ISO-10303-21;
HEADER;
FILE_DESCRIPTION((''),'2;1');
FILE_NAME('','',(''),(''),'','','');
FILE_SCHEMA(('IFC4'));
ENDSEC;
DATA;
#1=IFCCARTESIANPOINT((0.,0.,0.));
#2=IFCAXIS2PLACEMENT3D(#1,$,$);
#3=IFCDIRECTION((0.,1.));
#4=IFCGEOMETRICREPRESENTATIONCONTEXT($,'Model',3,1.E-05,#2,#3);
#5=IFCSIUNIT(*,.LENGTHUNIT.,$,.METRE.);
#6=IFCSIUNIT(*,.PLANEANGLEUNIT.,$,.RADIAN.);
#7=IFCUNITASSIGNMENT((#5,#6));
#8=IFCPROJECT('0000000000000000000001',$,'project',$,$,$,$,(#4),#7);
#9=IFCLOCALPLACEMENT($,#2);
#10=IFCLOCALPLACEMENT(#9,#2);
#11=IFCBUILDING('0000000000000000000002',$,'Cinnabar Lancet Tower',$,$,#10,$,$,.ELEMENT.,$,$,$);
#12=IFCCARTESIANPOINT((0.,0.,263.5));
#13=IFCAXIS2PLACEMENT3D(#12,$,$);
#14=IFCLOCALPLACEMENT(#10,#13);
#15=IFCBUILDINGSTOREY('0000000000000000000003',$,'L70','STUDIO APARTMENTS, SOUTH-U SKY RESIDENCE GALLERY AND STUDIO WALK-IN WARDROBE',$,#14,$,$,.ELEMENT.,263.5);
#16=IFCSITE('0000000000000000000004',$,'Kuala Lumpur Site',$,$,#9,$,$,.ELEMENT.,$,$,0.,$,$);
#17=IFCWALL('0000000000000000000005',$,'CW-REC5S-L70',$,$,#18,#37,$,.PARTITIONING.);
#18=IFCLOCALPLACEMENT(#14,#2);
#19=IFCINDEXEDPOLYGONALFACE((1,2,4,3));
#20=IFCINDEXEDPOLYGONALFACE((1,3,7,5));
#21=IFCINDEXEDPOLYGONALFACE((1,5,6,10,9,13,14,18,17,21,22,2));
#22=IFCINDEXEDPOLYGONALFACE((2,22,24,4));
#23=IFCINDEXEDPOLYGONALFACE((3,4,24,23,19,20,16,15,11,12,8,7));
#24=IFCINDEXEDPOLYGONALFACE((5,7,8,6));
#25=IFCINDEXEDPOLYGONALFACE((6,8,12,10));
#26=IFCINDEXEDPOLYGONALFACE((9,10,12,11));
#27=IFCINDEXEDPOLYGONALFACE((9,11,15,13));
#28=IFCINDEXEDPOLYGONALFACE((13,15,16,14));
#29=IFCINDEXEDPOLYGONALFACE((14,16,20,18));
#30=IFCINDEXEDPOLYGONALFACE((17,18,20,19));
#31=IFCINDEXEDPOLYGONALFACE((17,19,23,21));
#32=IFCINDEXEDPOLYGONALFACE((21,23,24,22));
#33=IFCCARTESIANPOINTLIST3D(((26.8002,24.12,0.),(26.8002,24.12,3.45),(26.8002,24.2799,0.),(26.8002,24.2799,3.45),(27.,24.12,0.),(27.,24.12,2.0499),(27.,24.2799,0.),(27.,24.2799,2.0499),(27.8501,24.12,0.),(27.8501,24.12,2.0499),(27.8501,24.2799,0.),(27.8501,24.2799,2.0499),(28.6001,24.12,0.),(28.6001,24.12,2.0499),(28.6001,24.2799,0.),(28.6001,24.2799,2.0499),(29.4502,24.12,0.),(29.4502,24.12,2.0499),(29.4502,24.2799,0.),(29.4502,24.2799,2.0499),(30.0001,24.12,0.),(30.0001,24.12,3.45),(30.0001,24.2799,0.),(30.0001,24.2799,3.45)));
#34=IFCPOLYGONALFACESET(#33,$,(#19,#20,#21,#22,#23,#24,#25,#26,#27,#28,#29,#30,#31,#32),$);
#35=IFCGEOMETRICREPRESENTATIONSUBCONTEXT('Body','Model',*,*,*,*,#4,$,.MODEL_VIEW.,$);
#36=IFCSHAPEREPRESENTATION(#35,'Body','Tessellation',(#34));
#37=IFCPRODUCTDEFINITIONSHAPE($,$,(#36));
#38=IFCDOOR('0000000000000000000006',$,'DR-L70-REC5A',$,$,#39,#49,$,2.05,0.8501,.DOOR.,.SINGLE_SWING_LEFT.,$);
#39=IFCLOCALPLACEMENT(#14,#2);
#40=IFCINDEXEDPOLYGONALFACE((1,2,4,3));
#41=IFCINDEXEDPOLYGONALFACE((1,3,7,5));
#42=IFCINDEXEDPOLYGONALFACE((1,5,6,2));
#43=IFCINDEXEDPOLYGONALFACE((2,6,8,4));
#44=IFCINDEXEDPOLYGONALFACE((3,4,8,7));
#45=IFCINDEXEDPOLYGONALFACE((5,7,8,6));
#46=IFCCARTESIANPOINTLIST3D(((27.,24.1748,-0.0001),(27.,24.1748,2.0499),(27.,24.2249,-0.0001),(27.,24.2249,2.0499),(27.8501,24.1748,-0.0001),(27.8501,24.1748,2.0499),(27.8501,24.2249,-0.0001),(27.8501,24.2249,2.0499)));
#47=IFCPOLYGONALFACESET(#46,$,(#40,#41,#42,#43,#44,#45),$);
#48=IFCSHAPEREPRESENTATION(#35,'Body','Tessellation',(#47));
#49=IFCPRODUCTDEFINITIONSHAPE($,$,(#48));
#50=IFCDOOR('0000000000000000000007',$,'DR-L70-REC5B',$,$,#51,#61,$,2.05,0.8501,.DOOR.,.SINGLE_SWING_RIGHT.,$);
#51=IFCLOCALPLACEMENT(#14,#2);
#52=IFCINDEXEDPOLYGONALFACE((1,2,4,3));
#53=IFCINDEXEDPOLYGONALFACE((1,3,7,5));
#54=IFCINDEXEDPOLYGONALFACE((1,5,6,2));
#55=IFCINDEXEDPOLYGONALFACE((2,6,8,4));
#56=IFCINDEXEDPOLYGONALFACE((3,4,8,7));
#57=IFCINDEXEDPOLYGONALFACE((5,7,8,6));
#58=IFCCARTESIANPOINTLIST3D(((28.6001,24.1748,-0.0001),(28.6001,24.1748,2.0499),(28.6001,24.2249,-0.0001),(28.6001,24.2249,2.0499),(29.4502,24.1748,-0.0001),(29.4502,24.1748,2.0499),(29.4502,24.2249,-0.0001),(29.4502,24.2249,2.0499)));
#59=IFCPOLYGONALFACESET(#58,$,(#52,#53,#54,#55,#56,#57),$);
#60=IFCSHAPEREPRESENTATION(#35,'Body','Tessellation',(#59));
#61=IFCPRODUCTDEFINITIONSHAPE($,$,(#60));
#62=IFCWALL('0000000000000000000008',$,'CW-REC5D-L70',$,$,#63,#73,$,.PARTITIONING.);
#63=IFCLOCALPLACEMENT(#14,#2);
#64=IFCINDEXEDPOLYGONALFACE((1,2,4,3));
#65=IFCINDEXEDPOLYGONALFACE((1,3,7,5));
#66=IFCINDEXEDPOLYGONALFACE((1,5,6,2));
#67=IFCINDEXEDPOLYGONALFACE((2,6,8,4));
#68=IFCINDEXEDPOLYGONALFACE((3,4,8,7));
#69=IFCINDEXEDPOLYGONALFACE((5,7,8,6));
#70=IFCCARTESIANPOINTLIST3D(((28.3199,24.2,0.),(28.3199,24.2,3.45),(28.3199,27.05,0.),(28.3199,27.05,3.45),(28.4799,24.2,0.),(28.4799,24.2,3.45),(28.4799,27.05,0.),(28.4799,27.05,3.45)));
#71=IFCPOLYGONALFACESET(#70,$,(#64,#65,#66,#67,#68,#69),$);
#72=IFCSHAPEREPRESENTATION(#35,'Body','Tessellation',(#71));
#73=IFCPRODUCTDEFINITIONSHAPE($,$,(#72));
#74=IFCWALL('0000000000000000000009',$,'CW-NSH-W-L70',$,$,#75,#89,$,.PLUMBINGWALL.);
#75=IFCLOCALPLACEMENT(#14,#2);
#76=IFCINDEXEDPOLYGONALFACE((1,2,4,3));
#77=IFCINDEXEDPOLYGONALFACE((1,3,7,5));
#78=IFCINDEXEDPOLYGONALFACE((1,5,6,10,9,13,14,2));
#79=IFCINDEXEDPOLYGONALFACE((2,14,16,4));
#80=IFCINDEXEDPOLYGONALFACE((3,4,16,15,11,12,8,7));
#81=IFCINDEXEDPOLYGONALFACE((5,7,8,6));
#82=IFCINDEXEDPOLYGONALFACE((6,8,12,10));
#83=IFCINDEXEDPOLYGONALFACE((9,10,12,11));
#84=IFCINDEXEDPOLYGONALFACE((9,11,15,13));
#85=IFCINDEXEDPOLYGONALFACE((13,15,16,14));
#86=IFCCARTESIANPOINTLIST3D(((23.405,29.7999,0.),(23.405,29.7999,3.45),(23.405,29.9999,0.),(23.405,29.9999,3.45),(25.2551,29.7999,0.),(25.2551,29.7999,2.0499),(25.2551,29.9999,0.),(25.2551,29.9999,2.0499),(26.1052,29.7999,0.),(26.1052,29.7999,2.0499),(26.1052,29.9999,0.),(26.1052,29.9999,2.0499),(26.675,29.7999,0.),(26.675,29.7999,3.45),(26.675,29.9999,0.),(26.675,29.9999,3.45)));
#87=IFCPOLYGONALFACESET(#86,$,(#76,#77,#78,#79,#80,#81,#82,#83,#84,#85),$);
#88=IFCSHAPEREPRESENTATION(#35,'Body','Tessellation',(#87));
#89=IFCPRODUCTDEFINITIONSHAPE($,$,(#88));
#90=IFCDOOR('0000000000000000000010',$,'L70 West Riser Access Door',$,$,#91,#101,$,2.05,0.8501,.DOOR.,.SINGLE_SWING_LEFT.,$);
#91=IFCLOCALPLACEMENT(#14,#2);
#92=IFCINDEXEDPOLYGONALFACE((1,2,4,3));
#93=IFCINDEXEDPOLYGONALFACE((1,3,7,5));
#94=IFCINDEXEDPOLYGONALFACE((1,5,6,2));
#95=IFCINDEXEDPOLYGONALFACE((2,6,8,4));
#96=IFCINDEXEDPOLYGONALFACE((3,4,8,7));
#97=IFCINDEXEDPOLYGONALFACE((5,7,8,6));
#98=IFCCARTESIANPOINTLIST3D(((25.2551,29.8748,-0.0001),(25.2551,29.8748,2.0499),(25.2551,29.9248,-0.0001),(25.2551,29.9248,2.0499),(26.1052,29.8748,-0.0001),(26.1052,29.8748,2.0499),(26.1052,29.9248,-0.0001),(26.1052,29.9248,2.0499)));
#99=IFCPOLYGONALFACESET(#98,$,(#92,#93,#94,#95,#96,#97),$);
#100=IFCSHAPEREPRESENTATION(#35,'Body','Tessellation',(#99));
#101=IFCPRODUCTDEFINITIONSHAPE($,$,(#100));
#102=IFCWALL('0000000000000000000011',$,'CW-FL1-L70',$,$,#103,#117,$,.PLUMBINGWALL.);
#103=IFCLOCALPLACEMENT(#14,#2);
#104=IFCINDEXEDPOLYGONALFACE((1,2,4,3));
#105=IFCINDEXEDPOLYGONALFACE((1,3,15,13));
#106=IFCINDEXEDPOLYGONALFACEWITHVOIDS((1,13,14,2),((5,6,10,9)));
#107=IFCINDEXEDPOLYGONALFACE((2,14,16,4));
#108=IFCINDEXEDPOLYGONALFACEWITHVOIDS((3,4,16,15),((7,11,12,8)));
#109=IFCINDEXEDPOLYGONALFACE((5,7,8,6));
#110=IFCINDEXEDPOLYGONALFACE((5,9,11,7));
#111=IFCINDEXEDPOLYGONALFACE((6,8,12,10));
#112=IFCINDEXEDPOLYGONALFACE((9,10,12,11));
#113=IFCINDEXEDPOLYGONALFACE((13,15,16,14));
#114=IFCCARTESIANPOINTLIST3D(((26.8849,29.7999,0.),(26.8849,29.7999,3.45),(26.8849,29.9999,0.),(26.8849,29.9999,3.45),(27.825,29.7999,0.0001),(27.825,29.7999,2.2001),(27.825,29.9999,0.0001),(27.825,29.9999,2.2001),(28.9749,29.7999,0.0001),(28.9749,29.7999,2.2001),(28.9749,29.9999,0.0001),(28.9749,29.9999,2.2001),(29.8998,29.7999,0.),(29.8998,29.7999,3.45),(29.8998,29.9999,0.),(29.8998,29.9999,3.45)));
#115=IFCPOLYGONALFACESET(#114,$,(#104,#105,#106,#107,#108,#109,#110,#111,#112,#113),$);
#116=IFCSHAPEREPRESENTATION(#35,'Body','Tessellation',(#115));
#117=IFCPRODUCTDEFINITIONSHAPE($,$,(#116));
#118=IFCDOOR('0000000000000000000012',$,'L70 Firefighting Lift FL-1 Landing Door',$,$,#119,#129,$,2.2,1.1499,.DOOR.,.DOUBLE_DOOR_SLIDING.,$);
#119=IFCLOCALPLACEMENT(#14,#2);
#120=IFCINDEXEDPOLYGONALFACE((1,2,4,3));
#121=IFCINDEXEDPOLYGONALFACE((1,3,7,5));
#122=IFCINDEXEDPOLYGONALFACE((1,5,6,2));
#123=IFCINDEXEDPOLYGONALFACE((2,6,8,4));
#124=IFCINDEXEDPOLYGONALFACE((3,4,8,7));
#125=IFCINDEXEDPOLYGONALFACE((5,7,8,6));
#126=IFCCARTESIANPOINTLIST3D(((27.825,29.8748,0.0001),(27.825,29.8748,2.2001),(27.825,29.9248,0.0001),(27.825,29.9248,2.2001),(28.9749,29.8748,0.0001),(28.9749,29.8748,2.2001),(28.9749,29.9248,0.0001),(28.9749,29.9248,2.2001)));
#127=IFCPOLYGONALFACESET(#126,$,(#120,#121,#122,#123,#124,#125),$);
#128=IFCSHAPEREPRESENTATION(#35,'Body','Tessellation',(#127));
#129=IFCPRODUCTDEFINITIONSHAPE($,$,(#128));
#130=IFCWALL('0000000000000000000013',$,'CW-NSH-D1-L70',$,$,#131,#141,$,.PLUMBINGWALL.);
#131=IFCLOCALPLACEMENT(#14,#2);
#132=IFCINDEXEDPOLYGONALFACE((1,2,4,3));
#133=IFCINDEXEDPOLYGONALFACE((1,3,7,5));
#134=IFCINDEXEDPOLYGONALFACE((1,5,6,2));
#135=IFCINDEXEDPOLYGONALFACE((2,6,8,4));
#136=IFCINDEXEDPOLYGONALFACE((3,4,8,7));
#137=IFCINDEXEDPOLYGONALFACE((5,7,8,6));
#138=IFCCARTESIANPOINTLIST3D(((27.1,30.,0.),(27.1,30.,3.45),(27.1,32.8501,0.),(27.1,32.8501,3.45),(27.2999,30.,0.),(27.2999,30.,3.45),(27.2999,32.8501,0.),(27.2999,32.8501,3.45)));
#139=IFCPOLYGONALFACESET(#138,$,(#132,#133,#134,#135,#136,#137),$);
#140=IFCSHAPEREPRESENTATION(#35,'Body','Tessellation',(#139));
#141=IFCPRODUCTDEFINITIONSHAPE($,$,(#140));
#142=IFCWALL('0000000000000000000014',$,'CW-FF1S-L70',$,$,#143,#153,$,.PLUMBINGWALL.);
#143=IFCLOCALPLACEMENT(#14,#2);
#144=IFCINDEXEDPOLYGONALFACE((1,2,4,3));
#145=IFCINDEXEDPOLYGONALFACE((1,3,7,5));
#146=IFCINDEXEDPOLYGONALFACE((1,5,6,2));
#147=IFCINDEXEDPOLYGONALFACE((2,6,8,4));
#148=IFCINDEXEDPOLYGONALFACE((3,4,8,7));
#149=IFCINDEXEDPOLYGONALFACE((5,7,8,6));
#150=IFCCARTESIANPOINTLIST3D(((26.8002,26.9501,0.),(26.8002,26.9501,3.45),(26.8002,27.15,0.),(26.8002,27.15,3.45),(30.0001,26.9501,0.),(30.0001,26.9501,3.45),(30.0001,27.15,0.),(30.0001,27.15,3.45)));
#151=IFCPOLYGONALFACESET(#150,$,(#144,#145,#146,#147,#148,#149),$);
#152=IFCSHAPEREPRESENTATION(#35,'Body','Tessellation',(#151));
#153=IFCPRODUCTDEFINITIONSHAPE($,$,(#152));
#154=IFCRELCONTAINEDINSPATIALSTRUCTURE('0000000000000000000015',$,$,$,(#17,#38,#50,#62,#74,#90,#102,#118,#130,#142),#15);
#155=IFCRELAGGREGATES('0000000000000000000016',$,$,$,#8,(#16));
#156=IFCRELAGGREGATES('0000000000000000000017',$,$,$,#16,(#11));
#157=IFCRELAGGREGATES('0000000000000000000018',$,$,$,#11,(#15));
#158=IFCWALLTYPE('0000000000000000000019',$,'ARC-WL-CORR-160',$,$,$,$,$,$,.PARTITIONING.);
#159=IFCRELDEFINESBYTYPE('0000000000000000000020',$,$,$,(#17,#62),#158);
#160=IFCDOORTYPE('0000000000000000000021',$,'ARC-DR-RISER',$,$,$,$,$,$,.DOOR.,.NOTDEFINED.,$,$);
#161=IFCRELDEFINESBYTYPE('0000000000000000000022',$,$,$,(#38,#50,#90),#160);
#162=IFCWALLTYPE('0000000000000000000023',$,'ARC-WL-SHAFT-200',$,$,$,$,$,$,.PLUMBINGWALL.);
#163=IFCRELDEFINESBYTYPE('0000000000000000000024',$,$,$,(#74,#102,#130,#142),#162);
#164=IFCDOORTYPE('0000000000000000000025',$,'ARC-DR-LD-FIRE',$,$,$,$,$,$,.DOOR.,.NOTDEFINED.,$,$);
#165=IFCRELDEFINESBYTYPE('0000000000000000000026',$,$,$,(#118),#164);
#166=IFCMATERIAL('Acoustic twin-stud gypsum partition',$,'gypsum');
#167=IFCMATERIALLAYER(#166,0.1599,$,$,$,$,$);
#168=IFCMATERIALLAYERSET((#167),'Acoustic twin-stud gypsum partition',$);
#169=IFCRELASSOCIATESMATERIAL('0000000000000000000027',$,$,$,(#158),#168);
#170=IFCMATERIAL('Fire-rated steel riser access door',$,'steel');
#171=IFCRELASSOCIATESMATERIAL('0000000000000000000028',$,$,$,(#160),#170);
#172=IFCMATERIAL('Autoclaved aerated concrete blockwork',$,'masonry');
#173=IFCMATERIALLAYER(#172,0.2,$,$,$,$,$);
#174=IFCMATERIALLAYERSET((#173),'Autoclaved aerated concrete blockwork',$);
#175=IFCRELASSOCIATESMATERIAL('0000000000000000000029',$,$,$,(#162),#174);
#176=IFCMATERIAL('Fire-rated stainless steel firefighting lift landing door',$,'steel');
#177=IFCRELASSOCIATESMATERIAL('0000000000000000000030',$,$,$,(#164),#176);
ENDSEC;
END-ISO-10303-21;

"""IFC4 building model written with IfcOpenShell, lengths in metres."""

from ifc_helpers import new_model, si_unit, direction, frame, frame_2d, origin, place, context, subcontext, project, spatial, rectangle, extrude, material, layer, layer_set, type_object, element, fill, save


model = new_model("IFC4")

# Units and contexts
model_context = context("Model", 3, precision=1e-05, world=origin(), true_north=direction((0.0, 1.0)))
body_context = subcontext(model_context, "Body", "Model", "MODEL_VIEW")
ifc_project = project(units=[si_unit("LENGTHUNIT", "METRE"), si_unit("PLANEANGLEUNIT", "RADIAN")], contexts=[model_context])

# Site, building, storey
site_placement = place(None, origin())
site = spatial("IfcSite", under=ifc_project, at=site_placement, Name="Kuala Lumpur Site", CompositionType="ELEMENT", RefElevation=0.0)
building_placement = place(site_placement, origin())
building = spatial("IfcBuilding", under=site, at=building_placement, Name="Cinnabar Lancet Tower", CompositionType="ELEMENT")
storey_placement = place(building_placement, frame((0.0, 0.0, 263.5)))
storey = spatial("IfcBuildingStorey", under=building, at=storey_placement, Name="L70", Description="STUDIO APARTMENTS, SOUTH-U SKY RESIDENCE GALLERY AND STUDIO WALK-IN WARDROBE", CompositionType="ELEMENT", Elevation=263.5)

# Wall, openings, doors
ifc_material_1 = material(Name="Acoustic twin-stud gypsum partition", Category="gypsum")
ifc_layer_1 = layer(ifc_material_1, 0.1599)
ifc_layer_set_1 = layer_set([ifc_layer_1], Name="Acoustic twin-stud gypsum partition")
wall_type_1 = type_object("IfcWallType", Name="ARC-WL-CORR-160", PredefinedType="PARTITIONING", material=ifc_layer_set_1)
wall_1_placement = place(storey_placement, frame((26.8, 24.2, 0.0), z_axis=(0.0, 0.0, 1.0), x_axis=(1.0, 0.0, 0.0)))
wall_1 = element("IfcWall", 1, at=wall_1_placement, inside=storey, type_object=wall_type_1, Name="CW-REC5S-L70", PredefinedType="PARTITIONING", context=body_context, shape_type="SweptSolid", body=[
    extrude(rectangle(XDim=3.2, YDim=0.1599, at=frame_2d((1.6001, 0.0))), origin(), (0.0, 0.0, 1.0), 3.45),
])
opening_1_placement = place(wall_1_placement, frame((0.2, 0.0, 0.0)))
opening_1 = element("IfcOpeningElement", 2, at=opening_1_placement, cuts=wall_1, PredefinedType="OPENING", context=body_context, shape_type="SweptSolid", body=[
    extrude(rectangle(XDim=0.8501, YDim=2.05, at=frame_2d((0.425, 1.0249))), frame((0.0, 0.0898, 0.0), z_axis=(0.0, -1.0, 0.0), x_axis=(1.0, 0.0, 0.0)), (0.0, 0.0, 1.0), 0.1799),
])
opening_2_placement = place(wall_1_placement, frame((1.8, 0.0, 0.0)))
opening_2 = element("IfcOpeningElement", 3, at=opening_2_placement, cuts=wall_1, PredefinedType="OPENING", context=body_context, shape_type="SweptSolid", body=[
    extrude(rectangle(XDim=0.8501, YDim=2.05, at=frame_2d((0.425, 1.0249))), frame((0.0, 0.0898, 0.0), z_axis=(0.0, -1.0, 0.0), x_axis=(1.0, 0.0, 0.0)), (0.0, 0.0, 1.0), 0.1799),
])
ifc_material_2 = material(Name="Fire-rated steel riser access door", Category="steel")
door_type_1 = type_object("IfcDoorType", Name="ARC-DR-RISER", OperationType="NOTDEFINED", PredefinedType="DOOR", material=ifc_material_2)
door_1_placement = place(opening_1_placement, origin())
door_1 = element("IfcDoor", 4, at=door_1_placement, inside=storey, type_object=door_type_1, Name="DR-L70-REC5A", OperationType="SINGLE_SWING_LEFT", OverallHeight=2.05, OverallWidth=0.8501, PredefinedType="DOOR", context=body_context, shape_type="SweptSolid", body=[
    extrude(rectangle(XDim=0.8501, YDim=2.05, at=frame_2d((0.425, 1.0249))), frame((0.0, 0.0249, 0.0), z_axis=(0.0, -1.0, 0.0), x_axis=(1.0, 0.0, 0.0)), (0.0, 0.0, 1.0), 0.05),
])
fill(opening_1, door_1)
door_2_placement = place(opening_2_placement, origin())
door_2 = element("IfcDoor", 5, at=door_2_placement, inside=storey, type_object=door_type_1, Name="DR-L70-REC5B", OperationType="SINGLE_SWING_RIGHT", OverallHeight=2.05, OverallWidth=0.8501, PredefinedType="DOOR", context=body_context, shape_type="SweptSolid", body=[
    extrude(rectangle(XDim=0.8501, YDim=2.05, at=frame_2d((0.425, 1.0249))), frame((0.0, 0.0249, 0.0), z_axis=(0.0, -1.0, 0.0), x_axis=(1.0, 0.0, 0.0)), (0.0, 0.0, 1.0), 0.05),
])
fill(opening_2, door_2)

# Wall
wall_2_placement = place(storey_placement, frame((28.3999, 24.2, 0.0), z_axis=(0.0, 0.0, 1.0), x_axis=(0.0, 1.0, 0.0)))
element("IfcWall", 6, at=wall_2_placement, inside=storey, type_object=wall_type_1, Name="CW-REC5D-L70", PredefinedType="PARTITIONING", context=body_context, shape_type="SweptSolid", body=[
    extrude(rectangle(XDim=2.8501, YDim=0.1599, at=frame_2d((1.425, 0.0))), origin(), (0.0, 0.0, 1.0), 3.45),
])

# Walls, openings, doors
ifc_material_3 = material(Name="Autoclaved aerated concrete blockwork", Category="masonry")
ifc_layer_2 = layer(ifc_material_3, 0.2)
ifc_layer_set_2 = layer_set([ifc_layer_2], Name="Autoclaved aerated concrete blockwork")
wall_type_2 = type_object("IfcWallType", Name="ARC-WL-SHAFT-200", PredefinedType="PLUMBINGWALL", material=ifc_layer_set_2)
wall_3_placement = place(storey_placement, frame((23.405, 29.8999, 0.0), z_axis=(0.0, 0.0, 1.0), x_axis=(1.0, 0.0, 0.0)))
wall_3 = element("IfcWall", 7, at=wall_3_placement, inside=storey, type_object=wall_type_2, Name="CW-NSH-W-L70", PredefinedType="PLUMBINGWALL", context=body_context, shape_type="SweptSolid", body=[
    extrude(rectangle(XDim=3.27, YDim=0.2, at=frame_2d((1.635, 0.0))), origin(), (0.0, 0.0, 1.0), 3.45),
])
opening_3_placement = place(wall_3_placement, frame((1.8501, 0.0, 0.0)))
opening_3 = element("IfcOpeningElement", 8, at=opening_3_placement, cuts=wall_3, PredefinedType="OPENING", context=body_context, shape_type="SweptSolid", body=[
    extrude(rectangle(XDim=0.8501, YDim=2.05, at=frame_2d((0.425, 1.0249))), frame((0.0, 0.1099, 0.0), z_axis=(0.0, -1.0, 0.0), x_axis=(1.0, 0.0, 0.0)), (0.0, 0.0, 1.0), 0.22),
])
door_3_placement = place(opening_3_placement, origin())
door_3 = element("IfcDoor", 9, at=door_3_placement, inside=storey, type_object=door_type_1, Name="L70 West Riser Access Door", OperationType="SINGLE_SWING_LEFT", OverallHeight=2.05, OverallWidth=0.8501, PredefinedType="DOOR", context=body_context, shape_type="SweptSolid", body=[
    extrude(rectangle(XDim=0.8501, YDim=2.05, at=frame_2d((0.425, 1.0249))), frame((0.0, 0.0249, 0.0), z_axis=(0.0, -1.0, 0.0), x_axis=(1.0, 0.0, 0.0)), (0.0, 0.0, 1.0), 0.05),
])
fill(opening_3, door_3)
wall_4_placement = place(storey_placement, frame((26.885, 29.8999, 0.0), z_axis=(0.0, 0.0, 1.0), x_axis=(1.0, 0.0, 0.0)))
wall_4 = element("IfcWall", 10, at=wall_4_placement, inside=storey, type_object=wall_type_2, Name="CW-FL1-L70", PredefinedType="PLUMBINGWALL", context=body_context, shape_type="SweptSolid", body=[
    extrude(rectangle(XDim=3.0149, YDim=0.2, at=frame_2d((1.5073, 0.0))), origin(), (0.0, 0.0, 1.0), 3.45),
])
opening_4_placement = place(wall_4_placement, frame((0.9399, 0.0, 0.0)))
opening_4 = element("IfcOpeningElement", 11, at=opening_4_placement, cuts=wall_4, PredefinedType="OPENING", context=body_context, shape_type="SweptSolid", body=[
    extrude(rectangle(XDim=1.1499, YDim=2.2, at=frame_2d((0.575, 1.1001))), frame((0.0, 0.1099, 0.0), z_axis=(0.0, -1.0, 0.0), x_axis=(1.0, 0.0, 0.0)), (0.0, 0.0, 1.0), 0.22),
])
ifc_material_4 = material(Name="Fire-rated stainless steel firefighting lift landing door", Category="steel")
door_type_2 = type_object("IfcDoorType", Name="ARC-DR-LD-FIRE", OperationType="NOTDEFINED", PredefinedType="DOOR", material=ifc_material_4)
door_4_placement = place(opening_4_placement, origin())
door_4 = element("IfcDoor", 12, at=door_4_placement, inside=storey, type_object=door_type_2, Name="L70 Firefighting Lift FL-1 Landing Door", OperationType="DOUBLE_DOOR_SLIDING", OverallHeight=2.2, OverallWidth=1.1499, PredefinedType="DOOR", context=body_context, shape_type="SweptSolid", body=[
    extrude(rectangle(XDim=1.1499, YDim=2.2, at=frame_2d((0.575, 1.1001))), frame((0.0, 0.0249, 0.0), z_axis=(0.0, -1.0, 0.0), x_axis=(1.0, 0.0, 0.0)), (0.0, 0.0, 1.0), 0.05),
])
fill(opening_4, door_4)

# Walls
wall_5_placement = place(storey_placement, frame((27.2, 30.0, 0.0), z_axis=(0.0, 0.0, 1.0), x_axis=(0.0, 1.0, 0.0)))
element("IfcWall", 13, at=wall_5_placement, inside=storey, type_object=wall_type_2, Name="CW-NSH-D1-L70", PredefinedType="PLUMBINGWALL", context=body_context, shape_type="SweptSolid", body=[
    extrude(rectangle(XDim=2.8501, YDim=0.2, at=frame_2d((1.425, 0.0))), origin(), (0.0, 0.0, 1.0), 3.45),
])
wall_6_placement = place(storey_placement, frame((26.8, 27.05, 0.0), z_axis=(0.0, 0.0, 1.0), x_axis=(1.0, 0.0, 0.0)))
element("IfcWall", 14, at=wall_6_placement, inside=storey, type_object=wall_type_2, Name="CW-FF1S-L70", PredefinedType="PLUMBINGWALL", context=body_context, shape_type="SweptSolid", body=[
    extrude(rectangle(XDim=3.2, YDim=0.2, at=frame_2d((1.6001, 0.0))), origin(), (0.0, 0.0, 1.0), 3.45),
])

save(model, "model.ifc")
